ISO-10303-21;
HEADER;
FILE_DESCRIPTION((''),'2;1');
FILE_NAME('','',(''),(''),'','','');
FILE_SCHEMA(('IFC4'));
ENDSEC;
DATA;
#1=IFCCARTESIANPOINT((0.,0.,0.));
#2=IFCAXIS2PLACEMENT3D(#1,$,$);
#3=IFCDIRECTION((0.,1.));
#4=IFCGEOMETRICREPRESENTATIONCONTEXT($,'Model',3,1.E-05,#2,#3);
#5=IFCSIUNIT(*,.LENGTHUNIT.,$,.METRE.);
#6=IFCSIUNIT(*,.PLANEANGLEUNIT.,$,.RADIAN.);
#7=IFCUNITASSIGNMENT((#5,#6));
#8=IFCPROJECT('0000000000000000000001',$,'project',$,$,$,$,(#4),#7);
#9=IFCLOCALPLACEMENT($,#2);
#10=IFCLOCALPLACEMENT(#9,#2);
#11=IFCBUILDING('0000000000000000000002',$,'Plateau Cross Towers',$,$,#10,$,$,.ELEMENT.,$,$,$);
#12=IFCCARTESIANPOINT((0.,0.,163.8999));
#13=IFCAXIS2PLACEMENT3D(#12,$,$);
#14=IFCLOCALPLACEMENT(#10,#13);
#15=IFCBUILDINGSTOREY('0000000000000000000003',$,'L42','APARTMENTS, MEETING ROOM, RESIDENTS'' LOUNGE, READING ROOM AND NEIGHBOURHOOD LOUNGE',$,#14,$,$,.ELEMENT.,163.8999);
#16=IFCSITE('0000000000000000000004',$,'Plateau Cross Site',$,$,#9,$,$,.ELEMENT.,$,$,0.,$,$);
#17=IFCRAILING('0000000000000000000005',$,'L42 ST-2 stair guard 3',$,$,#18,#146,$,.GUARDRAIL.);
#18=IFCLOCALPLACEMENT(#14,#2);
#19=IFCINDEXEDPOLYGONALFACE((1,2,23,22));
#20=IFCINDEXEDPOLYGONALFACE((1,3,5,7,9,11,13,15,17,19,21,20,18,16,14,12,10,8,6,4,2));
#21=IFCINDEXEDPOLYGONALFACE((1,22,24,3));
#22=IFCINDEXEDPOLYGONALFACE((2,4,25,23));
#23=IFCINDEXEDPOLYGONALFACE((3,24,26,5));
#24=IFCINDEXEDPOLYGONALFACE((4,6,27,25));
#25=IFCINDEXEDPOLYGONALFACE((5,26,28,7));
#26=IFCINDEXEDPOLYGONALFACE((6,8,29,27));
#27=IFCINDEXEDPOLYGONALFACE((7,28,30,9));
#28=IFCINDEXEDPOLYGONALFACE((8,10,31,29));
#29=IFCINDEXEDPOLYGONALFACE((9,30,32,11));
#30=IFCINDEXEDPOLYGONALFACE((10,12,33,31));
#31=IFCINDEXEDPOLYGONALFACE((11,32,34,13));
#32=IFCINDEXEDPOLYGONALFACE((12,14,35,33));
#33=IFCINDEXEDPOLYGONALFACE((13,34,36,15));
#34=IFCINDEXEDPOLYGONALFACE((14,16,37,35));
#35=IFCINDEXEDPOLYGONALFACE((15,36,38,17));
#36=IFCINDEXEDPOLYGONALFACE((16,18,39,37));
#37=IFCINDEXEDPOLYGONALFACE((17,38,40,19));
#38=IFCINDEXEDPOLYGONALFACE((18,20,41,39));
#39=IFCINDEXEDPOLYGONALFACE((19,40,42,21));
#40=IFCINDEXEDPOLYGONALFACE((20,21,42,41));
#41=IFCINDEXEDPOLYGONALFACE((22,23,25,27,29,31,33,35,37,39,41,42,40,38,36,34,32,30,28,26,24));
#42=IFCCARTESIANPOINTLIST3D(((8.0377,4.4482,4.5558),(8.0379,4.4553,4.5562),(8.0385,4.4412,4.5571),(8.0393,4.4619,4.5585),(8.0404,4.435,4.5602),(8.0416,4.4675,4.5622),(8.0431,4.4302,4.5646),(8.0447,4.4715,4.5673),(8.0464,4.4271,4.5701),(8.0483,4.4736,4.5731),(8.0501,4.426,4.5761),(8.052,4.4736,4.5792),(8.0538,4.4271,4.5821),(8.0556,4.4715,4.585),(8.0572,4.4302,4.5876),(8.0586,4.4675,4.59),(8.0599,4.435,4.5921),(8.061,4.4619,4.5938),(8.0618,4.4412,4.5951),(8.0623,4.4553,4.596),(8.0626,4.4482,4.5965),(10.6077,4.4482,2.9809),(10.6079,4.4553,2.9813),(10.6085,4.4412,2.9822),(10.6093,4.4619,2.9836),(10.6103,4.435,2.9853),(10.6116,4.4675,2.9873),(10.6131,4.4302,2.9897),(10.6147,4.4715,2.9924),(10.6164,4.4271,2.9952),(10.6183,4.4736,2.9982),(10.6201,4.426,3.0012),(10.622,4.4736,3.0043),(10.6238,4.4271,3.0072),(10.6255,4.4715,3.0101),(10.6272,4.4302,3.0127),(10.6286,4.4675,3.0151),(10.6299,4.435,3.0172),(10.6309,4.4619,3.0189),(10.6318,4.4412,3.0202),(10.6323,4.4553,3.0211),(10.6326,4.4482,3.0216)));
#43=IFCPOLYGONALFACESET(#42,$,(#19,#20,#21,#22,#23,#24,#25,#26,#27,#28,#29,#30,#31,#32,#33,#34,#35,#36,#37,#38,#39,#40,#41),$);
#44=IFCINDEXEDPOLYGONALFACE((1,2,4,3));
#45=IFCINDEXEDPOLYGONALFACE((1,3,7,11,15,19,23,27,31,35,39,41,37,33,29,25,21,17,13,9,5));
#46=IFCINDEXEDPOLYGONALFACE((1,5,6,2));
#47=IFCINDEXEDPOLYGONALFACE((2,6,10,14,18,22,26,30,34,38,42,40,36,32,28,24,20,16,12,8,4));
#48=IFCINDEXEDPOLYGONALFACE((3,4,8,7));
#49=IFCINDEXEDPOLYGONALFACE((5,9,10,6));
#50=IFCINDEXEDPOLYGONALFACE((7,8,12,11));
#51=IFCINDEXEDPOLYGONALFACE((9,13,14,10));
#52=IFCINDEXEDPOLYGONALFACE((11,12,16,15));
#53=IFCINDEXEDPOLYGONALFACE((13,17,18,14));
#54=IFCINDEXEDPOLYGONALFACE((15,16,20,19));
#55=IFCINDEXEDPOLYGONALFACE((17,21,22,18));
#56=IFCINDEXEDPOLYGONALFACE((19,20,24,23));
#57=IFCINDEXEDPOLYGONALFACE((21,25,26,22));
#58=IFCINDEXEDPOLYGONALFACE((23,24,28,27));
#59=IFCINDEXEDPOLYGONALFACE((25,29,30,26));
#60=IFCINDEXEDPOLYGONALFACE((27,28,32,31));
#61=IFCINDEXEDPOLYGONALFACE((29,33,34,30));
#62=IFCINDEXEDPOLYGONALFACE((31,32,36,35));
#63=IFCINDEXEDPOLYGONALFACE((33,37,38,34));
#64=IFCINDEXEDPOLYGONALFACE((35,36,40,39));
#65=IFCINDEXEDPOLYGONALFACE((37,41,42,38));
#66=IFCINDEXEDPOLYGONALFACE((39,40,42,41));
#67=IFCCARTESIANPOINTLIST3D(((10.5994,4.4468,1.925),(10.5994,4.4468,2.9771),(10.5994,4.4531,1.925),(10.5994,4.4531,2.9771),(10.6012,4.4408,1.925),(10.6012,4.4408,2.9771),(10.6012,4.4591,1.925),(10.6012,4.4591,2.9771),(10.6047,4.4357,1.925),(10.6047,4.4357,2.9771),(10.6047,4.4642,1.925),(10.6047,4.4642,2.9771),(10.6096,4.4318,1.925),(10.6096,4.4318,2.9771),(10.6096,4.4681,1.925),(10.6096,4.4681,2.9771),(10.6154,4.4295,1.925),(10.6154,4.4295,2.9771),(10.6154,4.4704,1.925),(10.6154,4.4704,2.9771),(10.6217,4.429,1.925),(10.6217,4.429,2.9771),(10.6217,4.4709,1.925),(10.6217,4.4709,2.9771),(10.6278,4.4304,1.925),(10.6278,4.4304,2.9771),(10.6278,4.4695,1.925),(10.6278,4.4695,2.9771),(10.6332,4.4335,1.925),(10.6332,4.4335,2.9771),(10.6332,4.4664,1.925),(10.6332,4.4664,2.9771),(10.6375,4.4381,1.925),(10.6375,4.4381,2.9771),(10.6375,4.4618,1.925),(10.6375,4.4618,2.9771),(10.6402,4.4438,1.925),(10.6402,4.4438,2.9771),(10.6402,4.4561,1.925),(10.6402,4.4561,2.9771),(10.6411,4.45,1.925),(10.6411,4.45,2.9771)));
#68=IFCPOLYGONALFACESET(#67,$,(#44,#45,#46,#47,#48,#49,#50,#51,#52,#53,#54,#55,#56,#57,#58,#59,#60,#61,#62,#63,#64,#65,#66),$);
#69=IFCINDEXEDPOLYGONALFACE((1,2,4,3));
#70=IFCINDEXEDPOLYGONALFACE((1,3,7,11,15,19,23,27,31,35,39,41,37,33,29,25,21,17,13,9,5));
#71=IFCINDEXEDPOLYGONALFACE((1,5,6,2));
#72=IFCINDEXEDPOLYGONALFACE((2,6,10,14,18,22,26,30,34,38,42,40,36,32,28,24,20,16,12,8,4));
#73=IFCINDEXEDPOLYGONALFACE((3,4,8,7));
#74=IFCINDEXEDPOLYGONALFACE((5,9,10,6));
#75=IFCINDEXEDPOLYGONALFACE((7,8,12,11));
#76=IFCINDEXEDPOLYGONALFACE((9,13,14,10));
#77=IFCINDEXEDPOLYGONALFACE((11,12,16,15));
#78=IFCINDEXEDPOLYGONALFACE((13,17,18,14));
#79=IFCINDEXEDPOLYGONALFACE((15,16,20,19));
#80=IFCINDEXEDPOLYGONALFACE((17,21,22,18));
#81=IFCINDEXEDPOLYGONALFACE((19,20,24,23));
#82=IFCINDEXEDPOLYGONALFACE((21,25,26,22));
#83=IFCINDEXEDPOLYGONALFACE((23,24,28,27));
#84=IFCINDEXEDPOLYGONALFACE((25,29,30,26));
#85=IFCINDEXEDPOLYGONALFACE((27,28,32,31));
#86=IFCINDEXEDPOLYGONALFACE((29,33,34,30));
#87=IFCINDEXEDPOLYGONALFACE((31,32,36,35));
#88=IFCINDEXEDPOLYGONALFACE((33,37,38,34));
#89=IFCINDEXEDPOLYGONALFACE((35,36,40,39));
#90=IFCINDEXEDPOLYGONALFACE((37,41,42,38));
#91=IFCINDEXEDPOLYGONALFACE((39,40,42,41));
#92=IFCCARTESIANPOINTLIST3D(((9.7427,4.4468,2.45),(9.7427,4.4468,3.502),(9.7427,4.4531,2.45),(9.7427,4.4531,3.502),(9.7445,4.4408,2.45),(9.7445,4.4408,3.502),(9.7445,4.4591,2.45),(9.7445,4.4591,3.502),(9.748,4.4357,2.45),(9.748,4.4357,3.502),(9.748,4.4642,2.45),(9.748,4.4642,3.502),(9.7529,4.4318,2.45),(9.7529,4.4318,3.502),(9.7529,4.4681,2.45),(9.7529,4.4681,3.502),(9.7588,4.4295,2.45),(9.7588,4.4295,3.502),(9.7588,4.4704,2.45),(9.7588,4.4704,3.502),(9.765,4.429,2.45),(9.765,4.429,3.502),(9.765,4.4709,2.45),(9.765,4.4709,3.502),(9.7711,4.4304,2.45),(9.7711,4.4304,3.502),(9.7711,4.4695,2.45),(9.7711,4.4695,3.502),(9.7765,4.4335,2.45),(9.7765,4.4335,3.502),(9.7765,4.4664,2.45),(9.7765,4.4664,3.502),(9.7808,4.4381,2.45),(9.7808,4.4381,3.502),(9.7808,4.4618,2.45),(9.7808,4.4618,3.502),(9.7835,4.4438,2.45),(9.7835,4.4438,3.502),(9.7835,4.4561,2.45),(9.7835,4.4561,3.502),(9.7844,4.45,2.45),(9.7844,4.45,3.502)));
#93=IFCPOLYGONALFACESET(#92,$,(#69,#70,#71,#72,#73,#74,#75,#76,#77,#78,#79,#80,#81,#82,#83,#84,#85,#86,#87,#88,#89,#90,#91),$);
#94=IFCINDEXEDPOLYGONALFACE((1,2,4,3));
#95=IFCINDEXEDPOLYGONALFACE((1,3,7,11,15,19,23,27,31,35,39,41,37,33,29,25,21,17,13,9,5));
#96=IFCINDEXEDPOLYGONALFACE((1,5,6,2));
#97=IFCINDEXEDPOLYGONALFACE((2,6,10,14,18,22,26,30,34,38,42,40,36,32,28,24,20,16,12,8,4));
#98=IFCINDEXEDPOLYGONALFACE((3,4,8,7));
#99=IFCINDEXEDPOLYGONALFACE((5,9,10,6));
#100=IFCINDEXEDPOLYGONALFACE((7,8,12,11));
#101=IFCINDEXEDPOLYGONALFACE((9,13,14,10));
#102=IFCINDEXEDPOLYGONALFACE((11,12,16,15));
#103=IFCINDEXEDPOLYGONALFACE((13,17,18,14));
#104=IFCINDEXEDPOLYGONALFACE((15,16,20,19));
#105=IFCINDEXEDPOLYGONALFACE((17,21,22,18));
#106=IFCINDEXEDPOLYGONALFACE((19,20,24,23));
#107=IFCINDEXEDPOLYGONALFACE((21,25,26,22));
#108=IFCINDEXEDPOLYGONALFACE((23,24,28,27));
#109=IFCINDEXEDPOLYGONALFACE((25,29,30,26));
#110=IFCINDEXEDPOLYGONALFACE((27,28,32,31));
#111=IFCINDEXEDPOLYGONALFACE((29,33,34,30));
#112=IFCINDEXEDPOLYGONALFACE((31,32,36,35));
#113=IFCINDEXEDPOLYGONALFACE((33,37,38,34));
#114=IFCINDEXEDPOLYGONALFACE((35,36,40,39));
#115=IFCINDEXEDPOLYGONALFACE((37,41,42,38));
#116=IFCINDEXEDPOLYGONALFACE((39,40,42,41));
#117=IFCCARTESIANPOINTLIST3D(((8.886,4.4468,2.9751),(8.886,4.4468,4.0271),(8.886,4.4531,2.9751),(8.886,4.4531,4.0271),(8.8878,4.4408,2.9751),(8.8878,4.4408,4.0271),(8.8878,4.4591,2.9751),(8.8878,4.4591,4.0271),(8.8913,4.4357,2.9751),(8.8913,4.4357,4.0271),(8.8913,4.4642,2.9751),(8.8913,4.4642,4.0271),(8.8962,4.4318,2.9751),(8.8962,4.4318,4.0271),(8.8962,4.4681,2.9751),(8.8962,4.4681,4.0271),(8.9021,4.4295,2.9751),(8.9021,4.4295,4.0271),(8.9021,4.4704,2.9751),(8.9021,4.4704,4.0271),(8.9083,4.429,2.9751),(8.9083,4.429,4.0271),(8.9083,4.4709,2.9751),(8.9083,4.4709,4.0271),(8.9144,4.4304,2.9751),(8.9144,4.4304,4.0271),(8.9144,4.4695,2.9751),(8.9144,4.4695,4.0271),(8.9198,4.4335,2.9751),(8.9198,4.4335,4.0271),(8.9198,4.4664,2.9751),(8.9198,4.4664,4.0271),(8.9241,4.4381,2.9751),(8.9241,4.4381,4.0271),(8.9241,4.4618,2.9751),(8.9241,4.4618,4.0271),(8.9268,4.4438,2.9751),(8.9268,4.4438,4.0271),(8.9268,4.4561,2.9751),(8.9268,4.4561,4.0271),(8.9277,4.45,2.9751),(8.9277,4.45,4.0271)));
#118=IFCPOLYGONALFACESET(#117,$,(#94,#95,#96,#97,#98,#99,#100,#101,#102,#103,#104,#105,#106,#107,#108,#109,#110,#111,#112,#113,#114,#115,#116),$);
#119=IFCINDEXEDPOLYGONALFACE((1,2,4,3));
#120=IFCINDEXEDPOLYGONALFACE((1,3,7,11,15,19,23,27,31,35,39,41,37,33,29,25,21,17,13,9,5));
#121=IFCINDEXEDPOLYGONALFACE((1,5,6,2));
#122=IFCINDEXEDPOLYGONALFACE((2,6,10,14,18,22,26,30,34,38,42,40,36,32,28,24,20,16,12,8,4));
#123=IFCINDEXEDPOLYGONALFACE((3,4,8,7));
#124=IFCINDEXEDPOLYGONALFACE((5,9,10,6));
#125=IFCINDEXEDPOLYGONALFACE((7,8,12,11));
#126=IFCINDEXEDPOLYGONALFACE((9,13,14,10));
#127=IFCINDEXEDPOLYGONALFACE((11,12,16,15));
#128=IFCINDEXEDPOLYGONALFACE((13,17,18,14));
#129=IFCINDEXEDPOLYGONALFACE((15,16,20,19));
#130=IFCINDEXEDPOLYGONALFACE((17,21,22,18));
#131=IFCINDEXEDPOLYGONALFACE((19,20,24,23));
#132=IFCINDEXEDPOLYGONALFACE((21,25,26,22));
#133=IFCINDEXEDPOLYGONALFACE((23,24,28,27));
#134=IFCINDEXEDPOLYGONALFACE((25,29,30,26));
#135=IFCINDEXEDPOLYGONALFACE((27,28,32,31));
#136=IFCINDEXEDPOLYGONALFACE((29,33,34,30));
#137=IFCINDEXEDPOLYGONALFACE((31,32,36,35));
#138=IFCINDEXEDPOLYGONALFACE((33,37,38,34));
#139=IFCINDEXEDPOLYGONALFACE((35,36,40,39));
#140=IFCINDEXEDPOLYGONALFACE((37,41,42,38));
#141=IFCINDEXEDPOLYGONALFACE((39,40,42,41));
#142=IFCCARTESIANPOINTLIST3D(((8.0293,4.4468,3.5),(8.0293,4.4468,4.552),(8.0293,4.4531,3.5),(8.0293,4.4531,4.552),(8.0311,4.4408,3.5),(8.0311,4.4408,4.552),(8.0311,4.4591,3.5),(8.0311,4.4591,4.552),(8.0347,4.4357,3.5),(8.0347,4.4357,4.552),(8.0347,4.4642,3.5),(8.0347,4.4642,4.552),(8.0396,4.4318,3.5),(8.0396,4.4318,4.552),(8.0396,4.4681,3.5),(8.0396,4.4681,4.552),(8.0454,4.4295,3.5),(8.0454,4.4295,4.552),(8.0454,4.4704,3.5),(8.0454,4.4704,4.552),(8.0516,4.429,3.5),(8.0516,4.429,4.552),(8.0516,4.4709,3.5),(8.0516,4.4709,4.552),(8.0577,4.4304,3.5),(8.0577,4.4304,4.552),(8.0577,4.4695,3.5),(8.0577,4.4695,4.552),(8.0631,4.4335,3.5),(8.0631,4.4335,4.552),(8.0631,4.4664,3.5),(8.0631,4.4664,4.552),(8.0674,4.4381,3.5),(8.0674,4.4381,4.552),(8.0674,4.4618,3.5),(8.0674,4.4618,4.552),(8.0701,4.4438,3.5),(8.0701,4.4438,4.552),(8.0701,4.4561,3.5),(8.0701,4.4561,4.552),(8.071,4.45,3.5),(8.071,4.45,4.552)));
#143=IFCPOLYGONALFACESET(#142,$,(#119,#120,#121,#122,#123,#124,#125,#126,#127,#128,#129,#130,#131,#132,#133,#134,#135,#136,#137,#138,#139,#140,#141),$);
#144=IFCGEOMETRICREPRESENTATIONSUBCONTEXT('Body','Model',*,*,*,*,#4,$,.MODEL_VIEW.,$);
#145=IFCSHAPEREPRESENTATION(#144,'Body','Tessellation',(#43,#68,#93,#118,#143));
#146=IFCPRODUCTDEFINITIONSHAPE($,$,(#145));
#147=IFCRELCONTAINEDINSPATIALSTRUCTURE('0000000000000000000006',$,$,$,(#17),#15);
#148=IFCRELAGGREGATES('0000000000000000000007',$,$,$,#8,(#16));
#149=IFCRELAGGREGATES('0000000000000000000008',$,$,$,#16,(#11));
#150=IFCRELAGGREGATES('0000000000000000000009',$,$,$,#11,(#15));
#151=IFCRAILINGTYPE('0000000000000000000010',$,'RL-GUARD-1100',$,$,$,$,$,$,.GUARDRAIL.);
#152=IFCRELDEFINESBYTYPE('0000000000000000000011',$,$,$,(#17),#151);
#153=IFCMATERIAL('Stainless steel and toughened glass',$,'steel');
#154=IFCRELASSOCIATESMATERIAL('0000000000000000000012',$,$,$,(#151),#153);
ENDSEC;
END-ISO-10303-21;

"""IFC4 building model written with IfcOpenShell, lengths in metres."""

from ifc_helpers import new_model, si_unit, direction, frame, origin, origin_2d, place, context, subcontext, project, spatial, circle, extrude, material, type_object, element, save


model = new_model("IFC4")

# Units and contexts
model_context = context("Model", 3, precision=1e-05, world=origin(), true_north=direction((0.0, 1.0)))
body_context = subcontext(model_context, "Body", "Model", "MODEL_VIEW")
ifc_project = project(units=[si_unit("LENGTHUNIT", "METRE"), si_unit("PLANEANGLEUNIT", "RADIAN")], contexts=[model_context])

# Site, building, storey
site_placement = place(None, origin())
site = spatial("IfcSite", under=ifc_project, at=site_placement, Name="Plateau Cross Site", CompositionType="ELEMENT", RefElevation=0.0)
building_placement = place(site_placement, origin())
building = spatial("IfcBuilding", under=site, at=building_placement, Name="Plateau Cross Towers", CompositionType="ELEMENT")
storey_placement = place(building_placement, frame((0.0, 0.0, 163.8999)))
storey = spatial("IfcBuildingStorey", under=building, at=storey_placement, Name="L42", Description="APARTMENTS, MEETING ROOM, RESIDENTS' LOUNGE, READING ROOM AND NEIGHBOURHOOD LOUNGE", CompositionType="ELEMENT", Elevation=163.8999)

# Railing
ifc_material_1 = material(Name="Stainless steel and toughened glass", Category="steel")
railing_type_1 = type_object("IfcRailingType", Name="RL-GUARD-1100", PredefinedType="GUARDRAIL", material=ifc_material_1)
railing_1_placement = place(storey_placement, frame((10.6201, 4.45, 1.925)))
element("IfcRailing", 1, at=railing_1_placement, inside=storey, type_object=railing_type_1, Name="L42 ST-2 stair guard 3", PredefinedType="GUARDRAIL", context=body_context, shape_type="SweptSolid", body=[
    extrude(circle(Radius=0.0239, at=origin_2d()), frame((0.0, 0.0, 1.0762), z_axis=(-0.852639, 0.0, 0.522501), x_axis=(0.0, -1.0, 0.0)), (0.0, 0.0, 1.0), 3.0142),
    extrude(circle(Radius=0.021, at=origin_2d()), origin(), (0.0, 0.0, 1.0), 1.052),
    extrude(circle(Radius=0.021, at=origin_2d()), frame((-0.8567, 0.0, 0.5249)), (0.0, 0.0, 1.0), 1.052),
    extrude(circle(Radius=0.021, at=origin_2d()), frame((-1.7134, 0.0, 1.05)), (0.0, 0.0, 1.0), 1.052),
    extrude(circle(Radius=0.021, at=origin_2d()), frame((-2.5701, 0.0, 1.575)), (0.0, 0.0, 1.0), 1.052),
])

save(model, "model.ifc")
